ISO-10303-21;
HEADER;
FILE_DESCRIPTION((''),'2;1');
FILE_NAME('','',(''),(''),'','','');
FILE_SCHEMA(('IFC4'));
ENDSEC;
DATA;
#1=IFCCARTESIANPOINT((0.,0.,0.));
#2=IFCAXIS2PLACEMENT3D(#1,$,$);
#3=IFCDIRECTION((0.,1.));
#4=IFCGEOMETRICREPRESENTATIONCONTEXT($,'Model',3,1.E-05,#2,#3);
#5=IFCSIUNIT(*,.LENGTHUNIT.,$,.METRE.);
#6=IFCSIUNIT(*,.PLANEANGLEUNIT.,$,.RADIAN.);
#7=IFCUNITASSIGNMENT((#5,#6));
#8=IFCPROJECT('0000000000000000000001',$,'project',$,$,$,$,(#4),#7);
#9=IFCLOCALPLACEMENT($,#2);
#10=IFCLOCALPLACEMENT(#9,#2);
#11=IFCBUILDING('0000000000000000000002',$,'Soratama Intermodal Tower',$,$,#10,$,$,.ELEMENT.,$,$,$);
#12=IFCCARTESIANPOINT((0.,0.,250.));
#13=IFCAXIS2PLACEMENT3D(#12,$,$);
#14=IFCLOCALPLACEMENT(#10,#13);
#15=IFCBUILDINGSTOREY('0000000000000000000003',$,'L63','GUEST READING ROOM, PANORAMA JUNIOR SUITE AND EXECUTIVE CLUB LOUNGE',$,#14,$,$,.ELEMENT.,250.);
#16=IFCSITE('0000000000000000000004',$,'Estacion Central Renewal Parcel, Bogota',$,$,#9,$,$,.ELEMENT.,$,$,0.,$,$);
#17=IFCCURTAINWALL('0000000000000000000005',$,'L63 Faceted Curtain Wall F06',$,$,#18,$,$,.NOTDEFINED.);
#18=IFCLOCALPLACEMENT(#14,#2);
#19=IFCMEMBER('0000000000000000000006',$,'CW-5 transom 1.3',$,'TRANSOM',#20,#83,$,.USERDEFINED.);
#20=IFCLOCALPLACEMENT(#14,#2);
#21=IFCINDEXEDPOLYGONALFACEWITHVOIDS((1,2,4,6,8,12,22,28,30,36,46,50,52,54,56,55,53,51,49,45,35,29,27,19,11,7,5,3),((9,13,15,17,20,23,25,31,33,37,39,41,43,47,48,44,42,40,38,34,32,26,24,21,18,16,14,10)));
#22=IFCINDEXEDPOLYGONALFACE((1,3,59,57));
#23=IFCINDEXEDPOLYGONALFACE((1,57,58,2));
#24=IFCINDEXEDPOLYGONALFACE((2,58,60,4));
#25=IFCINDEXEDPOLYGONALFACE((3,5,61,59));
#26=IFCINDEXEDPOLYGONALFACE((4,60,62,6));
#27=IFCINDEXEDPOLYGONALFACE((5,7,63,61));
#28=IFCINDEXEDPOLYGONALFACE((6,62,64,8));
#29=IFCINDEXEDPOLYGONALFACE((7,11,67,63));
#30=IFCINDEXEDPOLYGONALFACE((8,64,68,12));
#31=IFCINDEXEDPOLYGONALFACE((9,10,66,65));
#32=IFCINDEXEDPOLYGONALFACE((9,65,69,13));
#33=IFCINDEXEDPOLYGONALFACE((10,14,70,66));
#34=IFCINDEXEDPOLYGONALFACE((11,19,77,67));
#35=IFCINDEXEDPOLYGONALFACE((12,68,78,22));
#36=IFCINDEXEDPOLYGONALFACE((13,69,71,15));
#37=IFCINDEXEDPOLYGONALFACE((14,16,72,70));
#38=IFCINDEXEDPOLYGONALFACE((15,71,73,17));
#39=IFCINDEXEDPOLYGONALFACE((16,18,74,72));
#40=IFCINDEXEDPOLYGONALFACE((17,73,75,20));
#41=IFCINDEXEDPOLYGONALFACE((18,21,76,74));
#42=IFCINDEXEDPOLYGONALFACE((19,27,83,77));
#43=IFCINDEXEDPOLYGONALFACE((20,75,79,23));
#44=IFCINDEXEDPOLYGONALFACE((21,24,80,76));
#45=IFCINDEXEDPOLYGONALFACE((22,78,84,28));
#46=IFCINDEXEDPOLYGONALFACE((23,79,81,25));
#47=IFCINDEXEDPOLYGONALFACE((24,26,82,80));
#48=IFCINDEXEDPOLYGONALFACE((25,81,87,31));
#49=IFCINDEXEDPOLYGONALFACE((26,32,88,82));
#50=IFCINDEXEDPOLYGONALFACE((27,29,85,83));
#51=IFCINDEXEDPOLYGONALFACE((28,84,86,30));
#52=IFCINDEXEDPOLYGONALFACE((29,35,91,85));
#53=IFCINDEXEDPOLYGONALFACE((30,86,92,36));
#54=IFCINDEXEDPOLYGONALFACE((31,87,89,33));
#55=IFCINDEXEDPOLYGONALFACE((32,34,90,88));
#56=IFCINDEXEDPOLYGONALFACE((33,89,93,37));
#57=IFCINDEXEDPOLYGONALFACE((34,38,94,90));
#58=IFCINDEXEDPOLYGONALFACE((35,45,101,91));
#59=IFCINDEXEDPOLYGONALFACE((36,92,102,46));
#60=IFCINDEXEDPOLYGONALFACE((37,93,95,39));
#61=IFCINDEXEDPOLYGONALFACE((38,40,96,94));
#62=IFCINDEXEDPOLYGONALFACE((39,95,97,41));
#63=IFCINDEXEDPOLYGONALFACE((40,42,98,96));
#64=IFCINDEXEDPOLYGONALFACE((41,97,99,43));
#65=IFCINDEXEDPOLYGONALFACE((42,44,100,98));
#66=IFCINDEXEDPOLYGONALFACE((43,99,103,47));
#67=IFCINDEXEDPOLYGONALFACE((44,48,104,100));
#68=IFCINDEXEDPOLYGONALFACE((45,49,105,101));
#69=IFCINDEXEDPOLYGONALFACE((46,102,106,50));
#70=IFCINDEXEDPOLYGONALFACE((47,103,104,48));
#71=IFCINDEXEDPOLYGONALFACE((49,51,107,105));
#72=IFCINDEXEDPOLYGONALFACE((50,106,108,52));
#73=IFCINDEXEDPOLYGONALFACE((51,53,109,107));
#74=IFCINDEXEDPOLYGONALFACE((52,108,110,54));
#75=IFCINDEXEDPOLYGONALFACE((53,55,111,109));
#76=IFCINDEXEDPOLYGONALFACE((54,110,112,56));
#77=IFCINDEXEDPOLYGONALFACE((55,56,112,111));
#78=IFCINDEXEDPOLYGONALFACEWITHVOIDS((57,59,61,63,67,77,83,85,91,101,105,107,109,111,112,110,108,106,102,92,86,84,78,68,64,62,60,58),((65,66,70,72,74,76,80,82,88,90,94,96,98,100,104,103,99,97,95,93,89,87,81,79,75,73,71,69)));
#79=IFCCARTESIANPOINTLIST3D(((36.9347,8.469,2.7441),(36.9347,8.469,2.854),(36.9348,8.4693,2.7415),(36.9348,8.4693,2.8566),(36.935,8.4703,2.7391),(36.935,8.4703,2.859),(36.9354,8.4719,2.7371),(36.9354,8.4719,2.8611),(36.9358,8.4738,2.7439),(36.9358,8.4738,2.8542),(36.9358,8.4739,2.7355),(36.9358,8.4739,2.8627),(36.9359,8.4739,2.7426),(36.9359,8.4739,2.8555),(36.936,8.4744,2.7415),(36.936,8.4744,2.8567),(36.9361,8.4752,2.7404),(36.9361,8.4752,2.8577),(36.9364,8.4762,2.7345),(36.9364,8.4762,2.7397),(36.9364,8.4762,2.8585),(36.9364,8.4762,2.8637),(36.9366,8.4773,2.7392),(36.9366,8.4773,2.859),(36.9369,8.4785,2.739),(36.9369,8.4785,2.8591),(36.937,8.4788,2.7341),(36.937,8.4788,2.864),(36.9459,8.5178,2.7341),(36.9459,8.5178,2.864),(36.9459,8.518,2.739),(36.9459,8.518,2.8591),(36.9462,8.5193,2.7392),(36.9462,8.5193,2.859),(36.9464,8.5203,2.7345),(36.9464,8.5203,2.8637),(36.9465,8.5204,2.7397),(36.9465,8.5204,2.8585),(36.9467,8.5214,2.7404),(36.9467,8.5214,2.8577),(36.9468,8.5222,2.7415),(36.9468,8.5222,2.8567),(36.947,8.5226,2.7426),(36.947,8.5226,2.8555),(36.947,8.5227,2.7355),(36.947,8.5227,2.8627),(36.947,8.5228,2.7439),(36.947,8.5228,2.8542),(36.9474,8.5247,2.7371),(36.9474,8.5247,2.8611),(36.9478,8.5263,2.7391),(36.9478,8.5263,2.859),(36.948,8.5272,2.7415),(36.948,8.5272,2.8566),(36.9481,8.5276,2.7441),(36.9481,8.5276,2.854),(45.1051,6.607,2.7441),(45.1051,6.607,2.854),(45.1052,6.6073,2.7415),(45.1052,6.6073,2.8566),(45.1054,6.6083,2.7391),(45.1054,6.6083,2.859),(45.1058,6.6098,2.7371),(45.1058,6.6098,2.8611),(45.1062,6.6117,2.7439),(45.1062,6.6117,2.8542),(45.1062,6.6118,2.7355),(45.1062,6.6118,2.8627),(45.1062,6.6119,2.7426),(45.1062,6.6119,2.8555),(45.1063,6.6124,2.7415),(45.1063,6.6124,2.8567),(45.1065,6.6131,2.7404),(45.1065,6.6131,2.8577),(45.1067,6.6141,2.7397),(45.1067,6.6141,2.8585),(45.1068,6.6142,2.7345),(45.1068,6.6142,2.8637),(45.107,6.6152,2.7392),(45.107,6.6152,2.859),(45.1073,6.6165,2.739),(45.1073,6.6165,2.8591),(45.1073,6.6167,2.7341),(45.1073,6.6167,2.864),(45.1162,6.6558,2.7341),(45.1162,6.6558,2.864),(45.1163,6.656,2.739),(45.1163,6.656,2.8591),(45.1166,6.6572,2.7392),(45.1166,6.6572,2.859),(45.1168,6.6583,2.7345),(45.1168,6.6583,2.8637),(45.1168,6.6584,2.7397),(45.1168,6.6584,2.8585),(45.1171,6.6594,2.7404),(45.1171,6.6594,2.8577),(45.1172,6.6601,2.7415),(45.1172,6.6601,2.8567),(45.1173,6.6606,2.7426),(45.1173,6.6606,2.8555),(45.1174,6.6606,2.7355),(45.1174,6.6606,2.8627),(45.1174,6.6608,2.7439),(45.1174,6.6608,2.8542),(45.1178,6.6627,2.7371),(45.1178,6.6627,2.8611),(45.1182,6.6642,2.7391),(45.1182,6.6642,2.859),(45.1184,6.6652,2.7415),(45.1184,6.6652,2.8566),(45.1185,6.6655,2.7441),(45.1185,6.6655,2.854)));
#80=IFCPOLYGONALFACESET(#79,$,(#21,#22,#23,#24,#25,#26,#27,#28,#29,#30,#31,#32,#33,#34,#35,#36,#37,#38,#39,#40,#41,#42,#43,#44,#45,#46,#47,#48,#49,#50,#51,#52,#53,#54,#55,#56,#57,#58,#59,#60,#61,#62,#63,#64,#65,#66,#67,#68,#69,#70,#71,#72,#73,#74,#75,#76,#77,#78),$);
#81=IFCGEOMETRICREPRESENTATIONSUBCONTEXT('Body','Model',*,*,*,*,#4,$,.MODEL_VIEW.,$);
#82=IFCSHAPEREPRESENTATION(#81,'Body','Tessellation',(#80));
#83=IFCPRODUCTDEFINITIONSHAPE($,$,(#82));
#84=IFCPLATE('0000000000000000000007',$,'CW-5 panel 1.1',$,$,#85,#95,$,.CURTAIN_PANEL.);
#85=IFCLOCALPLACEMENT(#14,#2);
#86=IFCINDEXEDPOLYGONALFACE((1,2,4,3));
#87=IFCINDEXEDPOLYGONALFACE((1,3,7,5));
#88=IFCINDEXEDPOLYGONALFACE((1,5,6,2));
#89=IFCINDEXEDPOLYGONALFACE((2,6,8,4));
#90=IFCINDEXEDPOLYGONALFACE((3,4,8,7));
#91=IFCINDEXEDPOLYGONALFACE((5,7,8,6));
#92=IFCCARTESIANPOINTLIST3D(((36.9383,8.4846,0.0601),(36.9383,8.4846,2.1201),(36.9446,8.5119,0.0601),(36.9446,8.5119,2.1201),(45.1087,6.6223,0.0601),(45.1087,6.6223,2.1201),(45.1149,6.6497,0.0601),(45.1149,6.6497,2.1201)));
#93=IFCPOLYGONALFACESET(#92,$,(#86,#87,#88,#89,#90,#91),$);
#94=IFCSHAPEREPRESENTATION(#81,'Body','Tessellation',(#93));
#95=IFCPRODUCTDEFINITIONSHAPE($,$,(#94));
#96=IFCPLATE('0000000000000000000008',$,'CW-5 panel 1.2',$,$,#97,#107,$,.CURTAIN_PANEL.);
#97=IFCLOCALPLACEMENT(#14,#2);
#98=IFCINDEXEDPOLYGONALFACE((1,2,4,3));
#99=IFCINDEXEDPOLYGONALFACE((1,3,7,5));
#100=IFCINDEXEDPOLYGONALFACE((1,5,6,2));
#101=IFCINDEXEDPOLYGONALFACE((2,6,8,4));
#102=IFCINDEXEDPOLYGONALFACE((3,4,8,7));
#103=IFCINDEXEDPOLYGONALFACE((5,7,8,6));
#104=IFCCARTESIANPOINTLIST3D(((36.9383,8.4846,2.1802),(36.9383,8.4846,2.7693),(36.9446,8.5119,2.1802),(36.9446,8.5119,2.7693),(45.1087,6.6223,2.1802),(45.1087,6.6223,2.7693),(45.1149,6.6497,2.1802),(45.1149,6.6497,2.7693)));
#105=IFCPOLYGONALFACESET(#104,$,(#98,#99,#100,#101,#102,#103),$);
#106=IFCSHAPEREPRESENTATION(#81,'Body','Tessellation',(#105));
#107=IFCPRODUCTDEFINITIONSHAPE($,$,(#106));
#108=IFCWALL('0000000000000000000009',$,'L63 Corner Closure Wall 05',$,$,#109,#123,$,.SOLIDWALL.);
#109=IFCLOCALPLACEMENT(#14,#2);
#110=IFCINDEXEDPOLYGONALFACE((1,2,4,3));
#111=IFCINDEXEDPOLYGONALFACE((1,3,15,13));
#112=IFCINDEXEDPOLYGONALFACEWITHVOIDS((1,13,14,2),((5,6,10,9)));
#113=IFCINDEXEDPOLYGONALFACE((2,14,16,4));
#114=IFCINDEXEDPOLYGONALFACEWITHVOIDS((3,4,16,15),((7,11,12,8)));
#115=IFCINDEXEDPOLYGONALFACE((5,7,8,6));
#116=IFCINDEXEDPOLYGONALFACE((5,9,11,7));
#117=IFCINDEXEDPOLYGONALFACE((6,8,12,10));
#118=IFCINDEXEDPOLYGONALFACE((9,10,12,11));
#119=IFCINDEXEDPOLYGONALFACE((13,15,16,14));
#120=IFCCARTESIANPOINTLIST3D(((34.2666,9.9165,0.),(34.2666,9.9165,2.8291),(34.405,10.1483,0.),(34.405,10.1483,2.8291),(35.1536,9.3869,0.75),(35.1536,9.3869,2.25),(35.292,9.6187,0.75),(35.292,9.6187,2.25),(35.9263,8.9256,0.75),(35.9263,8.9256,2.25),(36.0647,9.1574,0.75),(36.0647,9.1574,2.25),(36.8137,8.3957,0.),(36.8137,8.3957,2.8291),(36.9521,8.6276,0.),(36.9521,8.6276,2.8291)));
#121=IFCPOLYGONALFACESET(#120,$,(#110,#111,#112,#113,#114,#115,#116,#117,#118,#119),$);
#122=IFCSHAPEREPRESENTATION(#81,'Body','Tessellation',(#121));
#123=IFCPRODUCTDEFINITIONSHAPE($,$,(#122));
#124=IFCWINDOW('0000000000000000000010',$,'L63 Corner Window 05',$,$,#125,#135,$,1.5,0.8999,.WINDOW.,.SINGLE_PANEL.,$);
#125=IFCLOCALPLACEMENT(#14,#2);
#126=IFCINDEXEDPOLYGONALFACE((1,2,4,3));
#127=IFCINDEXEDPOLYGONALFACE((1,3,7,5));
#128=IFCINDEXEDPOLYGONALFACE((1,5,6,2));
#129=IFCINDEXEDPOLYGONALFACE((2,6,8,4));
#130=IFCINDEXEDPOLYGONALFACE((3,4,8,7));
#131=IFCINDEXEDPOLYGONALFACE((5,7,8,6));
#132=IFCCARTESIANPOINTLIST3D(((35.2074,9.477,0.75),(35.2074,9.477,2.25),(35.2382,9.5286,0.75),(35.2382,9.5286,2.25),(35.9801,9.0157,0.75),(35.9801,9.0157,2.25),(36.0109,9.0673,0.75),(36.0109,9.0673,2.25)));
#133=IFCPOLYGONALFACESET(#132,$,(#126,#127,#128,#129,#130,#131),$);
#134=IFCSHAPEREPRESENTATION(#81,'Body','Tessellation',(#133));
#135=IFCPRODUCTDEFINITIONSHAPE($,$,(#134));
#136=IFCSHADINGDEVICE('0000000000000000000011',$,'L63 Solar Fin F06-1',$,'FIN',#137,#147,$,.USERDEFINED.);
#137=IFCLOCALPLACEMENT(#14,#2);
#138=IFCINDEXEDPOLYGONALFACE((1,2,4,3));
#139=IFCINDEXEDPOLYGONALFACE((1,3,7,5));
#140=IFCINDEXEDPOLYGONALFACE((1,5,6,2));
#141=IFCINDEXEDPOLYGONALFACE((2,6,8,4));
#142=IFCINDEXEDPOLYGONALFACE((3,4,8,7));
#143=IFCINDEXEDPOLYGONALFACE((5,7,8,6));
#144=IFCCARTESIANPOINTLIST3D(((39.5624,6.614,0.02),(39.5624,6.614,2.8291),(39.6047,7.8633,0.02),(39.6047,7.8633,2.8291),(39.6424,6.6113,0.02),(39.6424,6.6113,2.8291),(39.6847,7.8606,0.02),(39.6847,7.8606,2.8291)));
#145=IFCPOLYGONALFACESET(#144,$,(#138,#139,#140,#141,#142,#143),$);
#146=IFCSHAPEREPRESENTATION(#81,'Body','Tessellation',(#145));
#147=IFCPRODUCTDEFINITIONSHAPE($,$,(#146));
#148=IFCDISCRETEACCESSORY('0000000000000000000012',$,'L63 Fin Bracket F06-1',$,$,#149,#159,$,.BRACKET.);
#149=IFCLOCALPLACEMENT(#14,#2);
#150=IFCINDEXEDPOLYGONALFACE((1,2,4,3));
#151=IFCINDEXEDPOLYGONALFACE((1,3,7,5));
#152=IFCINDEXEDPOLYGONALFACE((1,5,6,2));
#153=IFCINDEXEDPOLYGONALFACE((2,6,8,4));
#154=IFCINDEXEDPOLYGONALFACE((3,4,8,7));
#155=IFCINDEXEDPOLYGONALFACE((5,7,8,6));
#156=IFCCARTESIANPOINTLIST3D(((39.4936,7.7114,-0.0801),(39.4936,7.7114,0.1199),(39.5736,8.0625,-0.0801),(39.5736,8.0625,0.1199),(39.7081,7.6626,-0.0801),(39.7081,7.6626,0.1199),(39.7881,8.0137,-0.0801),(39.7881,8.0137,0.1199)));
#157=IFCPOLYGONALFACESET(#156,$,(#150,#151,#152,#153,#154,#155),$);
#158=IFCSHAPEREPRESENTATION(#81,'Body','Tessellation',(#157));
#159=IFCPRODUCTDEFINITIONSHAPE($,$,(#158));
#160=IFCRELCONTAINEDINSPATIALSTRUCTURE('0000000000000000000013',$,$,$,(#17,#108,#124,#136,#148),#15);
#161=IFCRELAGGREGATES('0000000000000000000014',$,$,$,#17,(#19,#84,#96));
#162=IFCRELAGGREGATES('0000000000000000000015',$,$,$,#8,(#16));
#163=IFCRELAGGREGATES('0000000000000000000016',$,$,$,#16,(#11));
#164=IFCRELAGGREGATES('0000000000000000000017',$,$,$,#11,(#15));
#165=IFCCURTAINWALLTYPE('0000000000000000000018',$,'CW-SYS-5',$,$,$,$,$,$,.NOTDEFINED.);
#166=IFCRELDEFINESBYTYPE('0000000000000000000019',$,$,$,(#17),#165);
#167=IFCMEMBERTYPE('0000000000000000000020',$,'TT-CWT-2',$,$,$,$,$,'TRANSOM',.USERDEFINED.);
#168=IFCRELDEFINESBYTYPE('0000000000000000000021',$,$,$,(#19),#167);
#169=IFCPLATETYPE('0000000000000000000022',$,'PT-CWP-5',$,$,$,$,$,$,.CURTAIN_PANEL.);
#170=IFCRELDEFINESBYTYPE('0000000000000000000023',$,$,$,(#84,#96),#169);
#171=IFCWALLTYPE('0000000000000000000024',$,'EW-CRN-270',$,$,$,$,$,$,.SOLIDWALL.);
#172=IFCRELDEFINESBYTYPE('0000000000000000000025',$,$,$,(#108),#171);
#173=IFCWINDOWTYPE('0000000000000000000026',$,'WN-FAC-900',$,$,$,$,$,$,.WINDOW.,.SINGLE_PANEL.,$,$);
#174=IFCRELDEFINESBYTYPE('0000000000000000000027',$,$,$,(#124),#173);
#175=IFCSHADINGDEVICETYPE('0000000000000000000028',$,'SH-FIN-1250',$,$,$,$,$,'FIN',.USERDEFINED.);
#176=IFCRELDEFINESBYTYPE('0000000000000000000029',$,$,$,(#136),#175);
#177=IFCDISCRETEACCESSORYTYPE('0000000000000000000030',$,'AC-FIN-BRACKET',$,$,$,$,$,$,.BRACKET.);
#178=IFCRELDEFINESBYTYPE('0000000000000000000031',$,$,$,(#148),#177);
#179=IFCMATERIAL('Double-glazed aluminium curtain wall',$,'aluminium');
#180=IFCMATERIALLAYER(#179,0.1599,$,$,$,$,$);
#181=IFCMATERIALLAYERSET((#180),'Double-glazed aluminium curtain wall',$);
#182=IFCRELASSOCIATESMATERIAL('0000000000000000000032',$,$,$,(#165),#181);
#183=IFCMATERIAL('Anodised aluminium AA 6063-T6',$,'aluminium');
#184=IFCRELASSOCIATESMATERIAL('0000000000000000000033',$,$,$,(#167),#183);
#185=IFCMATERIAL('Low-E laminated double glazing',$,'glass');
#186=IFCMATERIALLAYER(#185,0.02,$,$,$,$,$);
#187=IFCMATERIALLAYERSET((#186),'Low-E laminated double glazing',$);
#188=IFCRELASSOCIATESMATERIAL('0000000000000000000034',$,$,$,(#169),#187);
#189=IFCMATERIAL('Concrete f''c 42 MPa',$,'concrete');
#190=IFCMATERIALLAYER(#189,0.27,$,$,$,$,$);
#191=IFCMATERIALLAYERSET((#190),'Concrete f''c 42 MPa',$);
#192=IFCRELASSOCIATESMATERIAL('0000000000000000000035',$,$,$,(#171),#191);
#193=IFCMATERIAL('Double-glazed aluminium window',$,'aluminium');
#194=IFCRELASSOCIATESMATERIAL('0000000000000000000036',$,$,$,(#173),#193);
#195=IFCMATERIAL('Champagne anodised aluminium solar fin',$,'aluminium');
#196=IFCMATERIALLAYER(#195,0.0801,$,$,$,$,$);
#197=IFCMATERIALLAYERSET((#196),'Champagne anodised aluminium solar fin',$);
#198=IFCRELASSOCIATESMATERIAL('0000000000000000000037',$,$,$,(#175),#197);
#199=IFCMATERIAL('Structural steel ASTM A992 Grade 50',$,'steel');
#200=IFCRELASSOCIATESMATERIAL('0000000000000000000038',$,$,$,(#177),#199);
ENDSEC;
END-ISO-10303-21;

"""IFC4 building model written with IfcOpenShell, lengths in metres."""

from ifc_helpers import new_model, si_unit, direction, frame, frame_2d, origin, origin_2d, place, context, subcontext, project, spatial, rectangle, hollow_rectangle, extrude, material, layer, layer_set, material_profile, profile_set, type_object, element, fill, aggregate, save


model = new_model("IFC4")

# Units and contexts
model_context = context("Model", 3, precision=1e-05, world=origin(), true_north=direction((0.0, 1.0)))
body_context = subcontext(model_context, "Body", "Model", "MODEL_VIEW")
ifc_project = project(units=[si_unit("LENGTHUNIT", "METRE"), si_unit("PLANEANGLEUNIT", "RADIAN")], contexts=[model_context])

# Site, building, storey
site_placement = place(None, origin())
site = spatial("IfcSite", under=ifc_project, at=site_placement, Name="Estacion Central Renewal Parcel, Bogota", CompositionType="ELEMENT", RefElevation=0.0)
building_placement = place(site_placement, origin())
building = spatial("IfcBuilding", under=site, at=building_placement, Name="Soratama Intermodal Tower", CompositionType="ELEMENT")
storey_placement = place(building_placement, frame((0.0, 0.0, 250.0)))
storey = spatial("IfcBuildingStorey", under=building, at=storey_placement, Name="L63", Description="GUEST READING ROOM, PANORAMA JUNIOR SUITE AND EXECUTIVE CLUB LOUNGE", CompositionType="ELEMENT", Elevation=250.0)

# Shared definitions
ifc_material_1 = material(Name="Double-glazed aluminium curtain wall", Category="aluminium")
ifc_layer_1 = layer(ifc_material_1, 0.1599)
ifc_layer_set_1 = layer_set([ifc_layer_1], Name="Double-glazed aluminium curtain wall")
curtain_wall_type = type_object("IfcCurtainWallType", Name="CW-SYS-5", PredefinedType="NOTDEFINED", material=ifc_layer_set_1)

# Curtain wall, member, plates
curtain_wall_1_placement = place(storey_placement, origin())
curtain_wall_1 = element("IfcCurtainWall", 1, at=curtain_wall_1_placement, inside=storey, type_object=curtain_wall_type, Name="L63 Faceted Curtain Wall F06", PredefinedType="NOTDEFINED")
ifc_material_2 = material(Name="Anodised aluminium AA 6063-T6", Category="aluminium")
ifc_material_profile_1 = material_profile(ifc_material_2, hollow_rectangle(XDim=0.0601, YDim=0.1299, WallThickness=0.0049, InnerFilletRadius=0.0049, OuterFilletRadius=0.01, at=origin_2d()), Name="CWT130X60X5")
ifc_profile_set_1 = profile_set([ifc_material_profile_1], Name="Anodised aluminium AA 6063-T6")
member_type_1 = type_object("IfcMemberType", Name="TT-CWT-2", ElementType="TRANSOM", PredefinedType="USERDEFINED", material=ifc_profile_set_1)
member_1_placement = place(storey_placement, frame((36.9414, 8.4983, 2.7991), z_axis=(0.975, -0.222205, 0.0), x_axis=(0.222205, 0.975, 0.0)))
member_1 = element("IfcMember", 2, at=member_1_placement, type_object=member_type_1, Name="CW-5 transom 1.3", ObjectType="TRANSOM", PredefinedType="USERDEFINED", context=body_context, shape_type="SweptSolid", body=[
    extrude(hollow_rectangle(XDim=0.0601, YDim=0.1299, WallThickness=0.0049, InnerFilletRadius=0.0049, OuterFilletRadius=0.01, at=origin_2d()), origin(), (0.0, 0.0, 1.0), 8.3799),
])
ifc_material_3 = material(Name="Low-E laminated double glazing", Category="glass")
ifc_layer_2 = layer(ifc_material_3, 0.02)
ifc_layer_set_2 = layer_set([ifc_layer_2], Name="Low-E laminated double glazing")
plate_type = type_object("IfcPlateType", Name="PT-CWP-5", PredefinedType="CURTAIN_PANEL", material=ifc_layer_set_2)
plate_1_placement = place(storey_placement, frame((41.0266, 7.5671, 0.0601), z_axis=(0.0, 0.0, 1.0), x_axis=(0.974995, -0.222228, 0.0)))
plate_1 = element("IfcPlate", 3, at=plate_1_placement, type_object=plate_type, Name="CW-5 panel 1.1", PredefinedType="CURTAIN_PANEL", context=body_context, shape_type="SweptSolid", body=[
    extrude(rectangle(XDim=8.3799, YDim=0.0281, at=origin_2d()), origin(), (0.0, 0.0, 1.0), 2.0601),
])
plate_2_placement = place(storey_placement, frame((41.0266, 7.5671, 2.1802), z_axis=(0.0, 0.0, 1.0), x_axis=(0.974995, -0.222228, 0.0)))
plate_2 = element("IfcPlate", 4, at=plate_2_placement, type_object=plate_type, Name="CW-5 panel 1.2", PredefinedType="CURTAIN_PANEL", context=body_context, shape_type="SweptSolid", body=[
    extrude(rectangle(XDim=8.3799, YDim=0.0281, at=origin_2d()), origin(), (0.0, 0.0, 1.0), 0.5891),
])
aggregate(curtain_wall_1, [member_1, plate_1, plate_2])

# Wall, opening, window
ifc_material_4 = material(Name="Concrete f'c 42 MPa", Category="concrete")
ifc_layer_3 = layer(ifc_material_4, 0.27)
ifc_layer_set_3 = layer_set([ifc_layer_3], Name="Concrete f'c 42 MPa")
wall_type = type_object("IfcWallType", Name="EW-CRN-270", PredefinedType="SOLIDWALL", material=ifc_layer_set_3)
wall_placement = place(storey_placement, frame((34.3357, 10.0325, 0.0), z_axis=(0.0, 0.0, 1.0), x_axis=(0.858609, -0.512631, 0.0)))
wall = element("IfcWall", 5, at=wall_placement, inside=storey, type_object=wall_type, Name="L63 Corner Closure Wall 05", PredefinedType="SOLIDWALL", context=body_context, shape_type="SweptSolid", body=[
    extrude(rectangle(XDim=2.9666, YDim=0.27, at=frame_2d((1.4834, 0.0))), origin(), (0.0, 0.0, 1.0), 2.8291),
])
opening_placement = place(wall_placement, frame((1.0332, 0.0, 0.75)))
opening = element("IfcOpeningElement", 6, at=opening_placement, cuts=wall, PredefinedType="OPENING", context=body_context, shape_type="SweptSolid", body=[
    extrude(rectangle(XDim=0.8999, YDim=1.5, at=frame_2d((0.45, 0.75))), frame((0.0, 0.145, 0.0), z_axis=(0.0, -1.0, 0.0), x_axis=(1.0, 0.0, 0.0)), (0.0, 0.0, 1.0), 0.29),
])
ifc_material_5 = material(Name="Double-glazed aluminium window", Category="aluminium")
window_type = type_object("IfcWindowType", Name="WN-FAC-900", PartitioningType="SINGLE_PANEL", PredefinedType="WINDOW", material=ifc_material_5)
window_placement = place(opening_placement, origin())
window = element("IfcWindow", 7, at=window_placement, inside=storey, type_object=window_type, Name="L63 Corner Window 05", OverallHeight=1.5, OverallWidth=0.8999, PartitioningType="SINGLE_PANEL", PredefinedType="WINDOW", context=body_context, shape_type="SweptSolid", body=[
    extrude(rectangle(XDim=0.8999, YDim=1.5, at=frame_2d((0.45, 0.75))), frame((0.0, 0.03, 0.0), z_axis=(0.0, -1.0, 0.0), x_axis=(1.0, 0.0, 0.0)), (0.0, 0.0, 1.0), 0.0601),
])
fill(opening, window)

# Shading device
ifc_material_6 = material(Name="Champagne anodised aluminium solar fin", Category="aluminium")
ifc_layer_4 = layer(ifc_material_6, 0.0801)
ifc_layer_set_4 = layer_set([ifc_layer_4], Name="Champagne anodised aluminium solar fin")
shading_device_type = type_object("IfcShadingDeviceType", Name="SH-FIN-1250", ElementType="FIN", PredefinedType="USERDEFINED", material=ifc_layer_set_4)
shading_device_placement = place(storey_placement, frame((39.6235, 7.2373, 0.02), z_axis=(0.0, 0.0, 1.0), x_axis=(-0.033853, -0.999427, 0.0)))
element("IfcShadingDevice", 8, at=shading_device_placement, inside=storey, type_object=shading_device_type, Name="L63 Solar Fin F06-1", ObjectType="FIN", PredefinedType="USERDEFINED", context=body_context, shape_type="SweptSolid", body=[
    extrude(rectangle(XDim=1.25, YDim=0.0801, at=origin_2d()), origin(), (0.0, 0.0, 1.0), 2.8091),
])

# Discrete accessory
ifc_material_7 = material(Name="Structural steel ASTM A992 Grade 50", Category="steel")
discrete_accessory_type = type_object("IfcDiscreteAccessoryType", Name="AC-FIN-BRACKET", PredefinedType="BRACKET", material=ifc_material_7)
discrete_accessory_placement = place(storey_placement, frame((39.6409, 7.8625, -0.0801), z_axis=(0.0, 0.0, 1.0), x_axis=(-0.222229, -0.974994, 0.0)))
element("IfcDiscreteAccessory", 9, at=discrete_accessory_placement, inside=storey, type_object=discrete_accessory_type, Name="L63 Fin Bracket F06-1", PredefinedType="BRACKET", context=body_context, shape_type="SweptSolid", body=[
    extrude(rectangle(XDim=0.3601, YDim=0.22, at=origin_2d()), origin(), (0.0, 0.0, 1.0), 0.2),
])

save(model, "model.ifc")
